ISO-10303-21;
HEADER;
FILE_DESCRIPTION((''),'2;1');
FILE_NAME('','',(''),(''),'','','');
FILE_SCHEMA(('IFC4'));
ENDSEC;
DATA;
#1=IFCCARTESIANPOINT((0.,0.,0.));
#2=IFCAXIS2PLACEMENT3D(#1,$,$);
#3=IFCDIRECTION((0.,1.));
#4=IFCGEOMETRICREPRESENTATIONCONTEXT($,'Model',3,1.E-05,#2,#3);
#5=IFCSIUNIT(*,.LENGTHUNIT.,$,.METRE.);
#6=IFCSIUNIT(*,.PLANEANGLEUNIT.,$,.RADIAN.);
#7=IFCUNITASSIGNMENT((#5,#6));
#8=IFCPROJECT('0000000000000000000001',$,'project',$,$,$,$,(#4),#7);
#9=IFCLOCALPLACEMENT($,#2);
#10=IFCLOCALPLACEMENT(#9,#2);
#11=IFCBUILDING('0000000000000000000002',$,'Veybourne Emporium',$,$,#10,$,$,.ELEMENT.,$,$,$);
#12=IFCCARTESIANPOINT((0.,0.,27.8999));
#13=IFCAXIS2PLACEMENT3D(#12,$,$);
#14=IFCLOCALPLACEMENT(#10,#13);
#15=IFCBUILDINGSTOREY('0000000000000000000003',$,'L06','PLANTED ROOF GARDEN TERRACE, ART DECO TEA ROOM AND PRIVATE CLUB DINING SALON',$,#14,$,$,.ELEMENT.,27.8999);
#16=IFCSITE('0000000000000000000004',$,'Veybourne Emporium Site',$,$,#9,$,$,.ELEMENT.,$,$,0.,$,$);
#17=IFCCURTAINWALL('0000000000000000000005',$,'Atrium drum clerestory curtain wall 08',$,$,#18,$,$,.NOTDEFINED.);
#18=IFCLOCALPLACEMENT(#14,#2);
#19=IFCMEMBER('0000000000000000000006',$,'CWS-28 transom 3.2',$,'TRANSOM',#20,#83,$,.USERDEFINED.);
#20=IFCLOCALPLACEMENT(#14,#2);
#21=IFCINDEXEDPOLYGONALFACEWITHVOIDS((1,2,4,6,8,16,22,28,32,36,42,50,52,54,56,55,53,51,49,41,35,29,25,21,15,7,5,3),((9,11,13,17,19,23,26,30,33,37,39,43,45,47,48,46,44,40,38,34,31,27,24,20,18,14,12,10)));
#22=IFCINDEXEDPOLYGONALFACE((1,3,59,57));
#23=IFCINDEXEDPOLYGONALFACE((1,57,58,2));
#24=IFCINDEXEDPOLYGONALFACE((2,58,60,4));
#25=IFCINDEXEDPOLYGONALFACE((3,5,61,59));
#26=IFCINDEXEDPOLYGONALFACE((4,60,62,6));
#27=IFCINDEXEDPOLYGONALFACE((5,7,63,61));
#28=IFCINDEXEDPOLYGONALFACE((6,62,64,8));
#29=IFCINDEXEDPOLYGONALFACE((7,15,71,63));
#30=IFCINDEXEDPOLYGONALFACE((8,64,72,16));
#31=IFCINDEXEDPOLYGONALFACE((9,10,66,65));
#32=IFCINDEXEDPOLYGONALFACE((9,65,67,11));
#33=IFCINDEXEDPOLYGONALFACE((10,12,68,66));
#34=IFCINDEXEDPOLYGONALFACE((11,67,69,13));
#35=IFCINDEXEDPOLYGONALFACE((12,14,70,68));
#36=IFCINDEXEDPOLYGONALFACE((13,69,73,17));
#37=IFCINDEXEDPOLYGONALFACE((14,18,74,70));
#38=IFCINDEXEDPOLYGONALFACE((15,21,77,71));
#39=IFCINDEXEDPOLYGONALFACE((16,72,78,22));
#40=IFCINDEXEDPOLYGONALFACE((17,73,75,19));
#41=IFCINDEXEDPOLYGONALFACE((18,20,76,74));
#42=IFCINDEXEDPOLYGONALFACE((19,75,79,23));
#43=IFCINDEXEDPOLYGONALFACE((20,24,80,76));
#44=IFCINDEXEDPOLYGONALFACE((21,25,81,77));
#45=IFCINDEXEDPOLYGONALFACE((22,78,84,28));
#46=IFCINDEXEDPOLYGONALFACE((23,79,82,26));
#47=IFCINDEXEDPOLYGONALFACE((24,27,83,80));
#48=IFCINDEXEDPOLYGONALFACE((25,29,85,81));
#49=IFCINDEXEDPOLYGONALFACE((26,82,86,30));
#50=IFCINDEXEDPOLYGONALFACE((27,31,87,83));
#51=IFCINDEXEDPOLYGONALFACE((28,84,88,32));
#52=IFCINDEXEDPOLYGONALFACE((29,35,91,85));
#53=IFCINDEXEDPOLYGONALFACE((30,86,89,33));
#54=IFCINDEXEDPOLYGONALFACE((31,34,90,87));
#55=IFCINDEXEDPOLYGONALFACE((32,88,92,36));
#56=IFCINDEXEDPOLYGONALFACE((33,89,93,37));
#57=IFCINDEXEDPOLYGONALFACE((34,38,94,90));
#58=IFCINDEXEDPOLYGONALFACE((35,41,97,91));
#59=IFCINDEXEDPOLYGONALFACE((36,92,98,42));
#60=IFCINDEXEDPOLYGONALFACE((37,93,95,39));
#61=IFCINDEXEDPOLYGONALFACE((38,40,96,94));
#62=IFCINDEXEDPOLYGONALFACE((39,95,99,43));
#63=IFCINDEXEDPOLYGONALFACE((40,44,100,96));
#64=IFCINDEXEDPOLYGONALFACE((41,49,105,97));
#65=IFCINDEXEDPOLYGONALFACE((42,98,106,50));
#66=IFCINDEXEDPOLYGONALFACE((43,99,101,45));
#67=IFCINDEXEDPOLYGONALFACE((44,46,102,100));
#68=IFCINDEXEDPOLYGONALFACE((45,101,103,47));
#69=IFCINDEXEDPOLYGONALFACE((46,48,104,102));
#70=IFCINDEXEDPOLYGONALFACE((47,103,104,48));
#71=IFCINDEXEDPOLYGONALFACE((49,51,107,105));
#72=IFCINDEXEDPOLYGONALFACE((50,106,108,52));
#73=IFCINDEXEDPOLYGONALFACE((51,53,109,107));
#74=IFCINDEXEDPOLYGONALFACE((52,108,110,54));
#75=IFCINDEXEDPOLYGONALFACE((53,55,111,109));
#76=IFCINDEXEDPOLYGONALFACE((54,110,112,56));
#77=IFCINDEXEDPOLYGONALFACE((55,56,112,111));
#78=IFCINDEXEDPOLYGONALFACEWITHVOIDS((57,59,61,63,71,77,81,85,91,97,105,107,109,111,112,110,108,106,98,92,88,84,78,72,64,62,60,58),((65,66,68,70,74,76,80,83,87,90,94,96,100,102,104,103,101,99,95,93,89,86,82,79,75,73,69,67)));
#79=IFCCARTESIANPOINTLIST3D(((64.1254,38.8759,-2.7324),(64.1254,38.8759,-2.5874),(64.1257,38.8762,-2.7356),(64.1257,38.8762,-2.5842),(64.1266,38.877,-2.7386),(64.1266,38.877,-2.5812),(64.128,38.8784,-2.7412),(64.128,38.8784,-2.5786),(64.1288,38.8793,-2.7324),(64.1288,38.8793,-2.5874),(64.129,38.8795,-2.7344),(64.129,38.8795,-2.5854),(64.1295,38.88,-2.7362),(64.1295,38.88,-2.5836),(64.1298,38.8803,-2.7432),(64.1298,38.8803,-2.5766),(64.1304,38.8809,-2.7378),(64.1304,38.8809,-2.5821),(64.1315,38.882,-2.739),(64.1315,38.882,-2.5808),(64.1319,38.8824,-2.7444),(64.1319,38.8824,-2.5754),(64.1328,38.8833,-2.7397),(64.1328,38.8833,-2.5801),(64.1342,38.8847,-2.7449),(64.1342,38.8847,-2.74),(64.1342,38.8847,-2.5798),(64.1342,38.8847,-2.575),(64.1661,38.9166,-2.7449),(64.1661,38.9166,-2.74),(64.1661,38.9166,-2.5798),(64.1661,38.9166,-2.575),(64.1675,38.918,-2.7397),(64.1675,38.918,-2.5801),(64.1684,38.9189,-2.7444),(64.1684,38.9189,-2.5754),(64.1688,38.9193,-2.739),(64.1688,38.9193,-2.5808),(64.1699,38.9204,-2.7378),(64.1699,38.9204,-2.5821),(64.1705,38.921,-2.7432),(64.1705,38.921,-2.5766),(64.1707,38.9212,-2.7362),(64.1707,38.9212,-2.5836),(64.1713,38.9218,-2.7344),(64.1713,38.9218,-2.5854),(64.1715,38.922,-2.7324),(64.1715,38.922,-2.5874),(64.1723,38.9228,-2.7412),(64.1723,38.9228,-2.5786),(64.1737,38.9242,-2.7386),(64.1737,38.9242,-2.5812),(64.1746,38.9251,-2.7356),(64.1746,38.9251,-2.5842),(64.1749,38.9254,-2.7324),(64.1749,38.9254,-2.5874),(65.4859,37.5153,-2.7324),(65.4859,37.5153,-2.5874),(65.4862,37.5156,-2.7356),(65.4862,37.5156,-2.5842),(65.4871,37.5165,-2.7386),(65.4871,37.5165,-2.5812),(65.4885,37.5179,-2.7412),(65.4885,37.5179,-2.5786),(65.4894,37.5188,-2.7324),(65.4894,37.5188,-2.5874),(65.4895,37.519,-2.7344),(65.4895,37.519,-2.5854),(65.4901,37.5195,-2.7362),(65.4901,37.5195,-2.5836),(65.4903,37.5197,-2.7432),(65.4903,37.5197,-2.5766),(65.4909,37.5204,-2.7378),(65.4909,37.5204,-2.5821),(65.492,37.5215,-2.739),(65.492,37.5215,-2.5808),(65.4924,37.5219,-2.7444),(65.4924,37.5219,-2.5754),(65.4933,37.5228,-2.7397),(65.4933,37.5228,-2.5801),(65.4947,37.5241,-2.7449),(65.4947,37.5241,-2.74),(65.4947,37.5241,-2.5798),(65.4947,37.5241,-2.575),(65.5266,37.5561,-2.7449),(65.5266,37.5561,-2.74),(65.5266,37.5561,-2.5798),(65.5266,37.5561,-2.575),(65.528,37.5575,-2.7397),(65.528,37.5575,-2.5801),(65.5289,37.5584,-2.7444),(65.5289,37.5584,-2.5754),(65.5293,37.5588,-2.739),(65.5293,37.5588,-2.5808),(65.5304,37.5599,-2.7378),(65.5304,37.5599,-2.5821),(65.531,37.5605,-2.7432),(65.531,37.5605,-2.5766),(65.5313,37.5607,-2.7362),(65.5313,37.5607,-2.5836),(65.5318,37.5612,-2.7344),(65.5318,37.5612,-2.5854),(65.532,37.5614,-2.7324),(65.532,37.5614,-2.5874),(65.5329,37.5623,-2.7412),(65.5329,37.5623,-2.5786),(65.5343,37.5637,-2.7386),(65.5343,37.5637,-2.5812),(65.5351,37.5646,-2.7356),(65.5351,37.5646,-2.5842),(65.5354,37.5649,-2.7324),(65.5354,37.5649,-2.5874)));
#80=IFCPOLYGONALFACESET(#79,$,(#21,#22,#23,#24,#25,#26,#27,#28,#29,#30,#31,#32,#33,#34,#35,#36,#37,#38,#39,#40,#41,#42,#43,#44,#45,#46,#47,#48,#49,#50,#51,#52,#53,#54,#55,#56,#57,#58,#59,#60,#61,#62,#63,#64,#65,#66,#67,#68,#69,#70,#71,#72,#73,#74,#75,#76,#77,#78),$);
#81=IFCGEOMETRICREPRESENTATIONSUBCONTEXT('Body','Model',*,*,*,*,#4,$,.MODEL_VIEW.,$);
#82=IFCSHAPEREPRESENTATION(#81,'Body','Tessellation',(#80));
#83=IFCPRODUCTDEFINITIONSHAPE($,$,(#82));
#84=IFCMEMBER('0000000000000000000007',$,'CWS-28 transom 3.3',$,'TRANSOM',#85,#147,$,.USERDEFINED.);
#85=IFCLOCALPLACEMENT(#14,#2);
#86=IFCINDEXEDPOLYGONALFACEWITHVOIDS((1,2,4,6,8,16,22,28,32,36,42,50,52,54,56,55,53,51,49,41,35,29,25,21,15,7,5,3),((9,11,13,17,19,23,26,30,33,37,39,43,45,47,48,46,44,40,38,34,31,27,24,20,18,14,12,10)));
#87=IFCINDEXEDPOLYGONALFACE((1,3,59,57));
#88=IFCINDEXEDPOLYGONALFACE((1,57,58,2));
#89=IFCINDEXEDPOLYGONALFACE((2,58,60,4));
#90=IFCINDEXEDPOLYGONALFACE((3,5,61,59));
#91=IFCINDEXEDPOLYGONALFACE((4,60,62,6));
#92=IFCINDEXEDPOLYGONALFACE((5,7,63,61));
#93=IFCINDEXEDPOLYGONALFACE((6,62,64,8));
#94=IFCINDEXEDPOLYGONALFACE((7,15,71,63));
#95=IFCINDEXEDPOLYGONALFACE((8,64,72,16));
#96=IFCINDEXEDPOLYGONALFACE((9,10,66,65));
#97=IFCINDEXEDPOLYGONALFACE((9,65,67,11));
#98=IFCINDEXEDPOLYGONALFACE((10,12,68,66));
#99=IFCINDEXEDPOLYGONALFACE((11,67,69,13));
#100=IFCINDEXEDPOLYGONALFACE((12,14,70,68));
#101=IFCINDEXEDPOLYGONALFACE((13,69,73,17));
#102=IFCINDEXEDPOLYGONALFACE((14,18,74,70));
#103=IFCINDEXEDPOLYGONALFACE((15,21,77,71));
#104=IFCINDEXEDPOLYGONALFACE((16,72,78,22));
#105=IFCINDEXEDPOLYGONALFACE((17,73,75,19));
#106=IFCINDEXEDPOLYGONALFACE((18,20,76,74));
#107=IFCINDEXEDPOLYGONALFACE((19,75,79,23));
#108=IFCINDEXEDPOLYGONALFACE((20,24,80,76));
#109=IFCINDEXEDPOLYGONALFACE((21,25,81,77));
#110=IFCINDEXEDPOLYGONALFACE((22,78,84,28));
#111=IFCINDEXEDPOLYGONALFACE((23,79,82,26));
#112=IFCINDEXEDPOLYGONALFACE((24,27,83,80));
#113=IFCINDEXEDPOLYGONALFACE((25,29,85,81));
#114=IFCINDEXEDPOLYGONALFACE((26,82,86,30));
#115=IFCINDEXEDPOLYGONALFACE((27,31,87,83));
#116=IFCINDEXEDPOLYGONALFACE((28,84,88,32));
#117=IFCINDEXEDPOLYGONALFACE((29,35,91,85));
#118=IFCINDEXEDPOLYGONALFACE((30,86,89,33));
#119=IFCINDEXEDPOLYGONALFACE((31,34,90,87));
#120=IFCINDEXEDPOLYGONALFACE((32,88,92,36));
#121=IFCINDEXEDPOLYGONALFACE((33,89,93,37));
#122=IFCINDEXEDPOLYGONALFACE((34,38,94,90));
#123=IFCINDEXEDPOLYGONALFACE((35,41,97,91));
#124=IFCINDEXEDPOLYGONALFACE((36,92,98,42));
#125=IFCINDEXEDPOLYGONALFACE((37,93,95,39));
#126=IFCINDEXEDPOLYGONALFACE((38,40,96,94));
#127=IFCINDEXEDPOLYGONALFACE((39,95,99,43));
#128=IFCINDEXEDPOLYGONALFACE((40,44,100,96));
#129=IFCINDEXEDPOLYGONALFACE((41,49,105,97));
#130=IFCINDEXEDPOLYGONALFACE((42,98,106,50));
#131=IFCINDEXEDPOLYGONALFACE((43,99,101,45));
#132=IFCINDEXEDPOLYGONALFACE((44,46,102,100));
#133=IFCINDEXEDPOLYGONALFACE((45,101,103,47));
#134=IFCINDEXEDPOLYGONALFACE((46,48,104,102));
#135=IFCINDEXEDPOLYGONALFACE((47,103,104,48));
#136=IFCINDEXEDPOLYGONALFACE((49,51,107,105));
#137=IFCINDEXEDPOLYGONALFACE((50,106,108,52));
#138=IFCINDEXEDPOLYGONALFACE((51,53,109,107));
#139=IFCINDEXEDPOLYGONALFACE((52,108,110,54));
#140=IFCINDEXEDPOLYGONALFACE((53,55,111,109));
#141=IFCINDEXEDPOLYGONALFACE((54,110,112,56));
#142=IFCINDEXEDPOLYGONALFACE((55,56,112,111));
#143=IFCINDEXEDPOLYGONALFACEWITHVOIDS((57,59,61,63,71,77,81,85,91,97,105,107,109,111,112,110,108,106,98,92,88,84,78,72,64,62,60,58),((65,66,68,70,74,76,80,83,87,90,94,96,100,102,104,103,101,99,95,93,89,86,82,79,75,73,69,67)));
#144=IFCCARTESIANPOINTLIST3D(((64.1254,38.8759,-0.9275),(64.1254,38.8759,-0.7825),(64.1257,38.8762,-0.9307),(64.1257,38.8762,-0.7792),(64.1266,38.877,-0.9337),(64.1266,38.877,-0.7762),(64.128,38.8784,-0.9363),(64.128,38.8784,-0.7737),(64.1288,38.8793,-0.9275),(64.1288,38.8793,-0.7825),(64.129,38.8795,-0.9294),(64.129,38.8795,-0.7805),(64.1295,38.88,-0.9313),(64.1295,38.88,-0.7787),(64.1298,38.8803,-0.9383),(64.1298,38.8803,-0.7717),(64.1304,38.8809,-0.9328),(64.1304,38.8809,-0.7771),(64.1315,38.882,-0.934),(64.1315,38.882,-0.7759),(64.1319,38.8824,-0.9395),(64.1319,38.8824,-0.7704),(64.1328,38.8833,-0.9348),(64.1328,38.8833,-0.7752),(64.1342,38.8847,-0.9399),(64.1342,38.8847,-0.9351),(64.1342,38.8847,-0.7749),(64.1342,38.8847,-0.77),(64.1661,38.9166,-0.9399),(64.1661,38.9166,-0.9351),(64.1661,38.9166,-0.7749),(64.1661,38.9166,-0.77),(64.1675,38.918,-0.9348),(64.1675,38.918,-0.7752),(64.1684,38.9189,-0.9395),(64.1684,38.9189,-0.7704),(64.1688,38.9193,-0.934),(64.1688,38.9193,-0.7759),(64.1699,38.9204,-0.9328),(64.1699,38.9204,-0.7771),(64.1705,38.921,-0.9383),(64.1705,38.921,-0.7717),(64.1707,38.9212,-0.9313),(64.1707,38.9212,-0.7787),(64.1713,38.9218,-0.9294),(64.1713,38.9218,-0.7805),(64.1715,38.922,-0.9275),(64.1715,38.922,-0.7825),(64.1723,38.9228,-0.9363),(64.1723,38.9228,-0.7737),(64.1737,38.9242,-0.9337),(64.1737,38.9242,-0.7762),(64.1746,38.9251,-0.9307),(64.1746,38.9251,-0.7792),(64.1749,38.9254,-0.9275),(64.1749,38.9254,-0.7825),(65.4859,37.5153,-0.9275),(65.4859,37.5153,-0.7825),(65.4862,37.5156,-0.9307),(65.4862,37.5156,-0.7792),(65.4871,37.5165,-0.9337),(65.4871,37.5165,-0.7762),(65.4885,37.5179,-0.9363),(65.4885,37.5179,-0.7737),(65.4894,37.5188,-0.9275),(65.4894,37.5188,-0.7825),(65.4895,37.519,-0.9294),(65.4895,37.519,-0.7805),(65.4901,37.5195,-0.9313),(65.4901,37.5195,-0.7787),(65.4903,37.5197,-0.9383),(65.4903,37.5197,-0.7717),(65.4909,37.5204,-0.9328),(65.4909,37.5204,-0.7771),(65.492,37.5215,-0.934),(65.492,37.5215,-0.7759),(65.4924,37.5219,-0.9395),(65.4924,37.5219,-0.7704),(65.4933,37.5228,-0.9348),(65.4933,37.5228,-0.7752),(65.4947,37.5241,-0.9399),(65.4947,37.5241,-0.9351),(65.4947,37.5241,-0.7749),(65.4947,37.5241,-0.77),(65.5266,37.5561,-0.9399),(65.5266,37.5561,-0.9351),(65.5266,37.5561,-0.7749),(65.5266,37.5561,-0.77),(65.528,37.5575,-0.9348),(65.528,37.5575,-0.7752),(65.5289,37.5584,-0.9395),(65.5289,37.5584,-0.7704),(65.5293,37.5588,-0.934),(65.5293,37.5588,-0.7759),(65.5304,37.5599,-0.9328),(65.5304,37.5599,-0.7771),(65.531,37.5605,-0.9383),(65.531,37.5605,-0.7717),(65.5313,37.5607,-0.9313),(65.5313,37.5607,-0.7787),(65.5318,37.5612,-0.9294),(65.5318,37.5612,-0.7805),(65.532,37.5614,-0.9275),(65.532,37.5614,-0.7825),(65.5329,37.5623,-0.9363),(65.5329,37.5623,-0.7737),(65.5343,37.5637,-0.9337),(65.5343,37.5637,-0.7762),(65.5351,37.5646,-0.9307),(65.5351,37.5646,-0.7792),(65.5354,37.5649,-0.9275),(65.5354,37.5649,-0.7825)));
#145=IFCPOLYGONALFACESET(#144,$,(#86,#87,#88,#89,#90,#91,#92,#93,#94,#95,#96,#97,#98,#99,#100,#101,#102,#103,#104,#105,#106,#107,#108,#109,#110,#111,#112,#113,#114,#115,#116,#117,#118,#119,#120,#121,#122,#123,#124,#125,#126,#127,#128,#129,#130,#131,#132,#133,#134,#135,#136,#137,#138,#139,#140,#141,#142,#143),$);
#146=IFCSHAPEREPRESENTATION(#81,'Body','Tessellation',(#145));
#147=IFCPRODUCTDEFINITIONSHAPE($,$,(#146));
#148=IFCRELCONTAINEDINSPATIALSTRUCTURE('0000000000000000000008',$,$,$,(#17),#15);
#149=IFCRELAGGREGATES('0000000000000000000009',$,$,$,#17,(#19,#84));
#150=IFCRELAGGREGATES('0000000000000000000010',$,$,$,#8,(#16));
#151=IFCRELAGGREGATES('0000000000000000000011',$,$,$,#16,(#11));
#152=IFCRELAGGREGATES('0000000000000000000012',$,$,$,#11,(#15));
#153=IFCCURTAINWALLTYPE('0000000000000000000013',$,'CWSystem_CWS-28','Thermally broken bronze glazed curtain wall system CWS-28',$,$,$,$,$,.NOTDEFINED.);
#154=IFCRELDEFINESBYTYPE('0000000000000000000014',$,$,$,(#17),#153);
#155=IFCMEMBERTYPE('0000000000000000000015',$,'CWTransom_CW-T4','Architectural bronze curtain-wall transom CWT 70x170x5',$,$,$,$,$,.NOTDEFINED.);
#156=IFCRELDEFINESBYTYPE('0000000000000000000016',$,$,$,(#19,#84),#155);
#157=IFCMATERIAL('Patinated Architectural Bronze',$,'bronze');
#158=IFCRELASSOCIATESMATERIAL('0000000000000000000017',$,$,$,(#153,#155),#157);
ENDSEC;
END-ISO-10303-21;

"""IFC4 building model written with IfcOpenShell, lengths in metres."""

from ifc_helpers import new_model, si_unit, direction, frame, origin, origin_2d, place, context, subcontext, project, spatial, hollow_rectangle, extrude, material, material_profile, profile_set, type_object, element, aggregate, save


model = new_model("IFC4")

# Units and contexts
model_context = context("Model", 3, precision=1e-05, world=origin(), true_north=direction((0.0, 1.0)))
body_context = subcontext(model_context, "Body", "Model", "MODEL_VIEW")
ifc_project = project(units=[si_unit("LENGTHUNIT", "METRE"), si_unit("PLANEANGLEUNIT", "RADIAN")], contexts=[model_context])

# Site, building, storey
site_placement = place(None, origin())
site = spatial("IfcSite", under=ifc_project, at=site_placement, Name="Veybourne Emporium Site", CompositionType="ELEMENT", RefElevation=0.0)
building_placement = place(site_placement, origin())
building = spatial("IfcBuilding", under=site, at=building_placement, Name="Veybourne Emporium", CompositionType="ELEMENT")
storey_placement = place(building_placement, frame((0.0, 0.0, 27.8999)))
storey = spatial("IfcBuildingStorey", under=building, at=storey_placement, Name="L06", Description="PLANTED ROOF GARDEN TERRACE, ART DECO TEA ROOM AND PRIVATE CLUB DINING SALON", CompositionType="ELEMENT", Elevation=27.8999)

# Curtain wall
ifc_material_1 = material(Name="Patinated Architectural Bronze", Category="bronze")
curtain_wall_type_1 = type_object("IfcCurtainWallType", Name="CWSystem_CWS-28", Description="Thermally broken bronze glazed curtain wall system CWS-28", PredefinedType="NOTDEFINED", material=ifc_material_1)
curtain_wall_1_placement = place(storey_placement, origin())
curtain_wall_1 = element("IfcCurtainWall", 1, at=curtain_wall_1_placement, inside=storey, type_object=curtain_wall_type_1, Name="Atrium drum clerestory curtain wall 08", PredefinedType="NOTDEFINED")

# Members
ifc_material_profile_1 = material_profile(ifc_material_1, hollow_rectangle(XDim=0.0701, YDim=0.1699, WallThickness=0.0049, InnerFilletRadius=0.0076, OuterFilletRadius=0.0125, at=origin_2d()), Name="CWT 70x170x5")
ifc_profile_set_1 = profile_set([ifc_material_profile_1], Name="Patinated Architectural Bronze")
member_type_1 = type_object("IfcMemberType", Name="CWTransom_CW-T4", Description="Architectural bronze curtain-wall transom CWT 70x170x5", PredefinedType="NOTDEFINED", material=ifc_profile_set_1)
member_1_placement = place(storey_placement, frame((64.1501, 38.9006, -2.6599), z_axis=(0.707107, -0.707107, 0.0), x_axis=(0.707107, 0.707107, 0.0)))
member_1 = element("IfcMember", 2, at=member_1_placement, type_object=member_type_1, Name="CWS-28 transom 3.2", ObjectType="TRANSOM", PredefinedType="USERDEFINED", context=body_context, shape_type="SweptSolid", body=[
    extrude(hollow_rectangle(XDim=0.0701, YDim=0.1699, WallThickness=0.0049, InnerFilletRadius=0.0076, OuterFilletRadius=0.0125, at=origin_2d()), origin(), (0.0, 0.0, 1.0), 1.9241),
])
member_2_placement = place(storey_placement, frame((64.1501, 38.9006, -0.855), z_axis=(0.707107, -0.707107, 0.0), x_axis=(0.707107, 0.707107, 0.0)))
member_2 = element("IfcMember", 3, at=member_2_placement, type_object=member_type_1, Name="CWS-28 transom 3.3", ObjectType="TRANSOM", PredefinedType="USERDEFINED", context=body_context, shape_type="SweptSolid", body=[
    extrude(hollow_rectangle(XDim=0.0701, YDim=0.1699, WallThickness=0.0049, InnerFilletRadius=0.0076, OuterFilletRadius=0.0125, at=origin_2d()), origin(), (0.0, 0.0, 1.0), 1.9241),
])

aggregate(curtain_wall_1, [member_1, member_2])

save(model, "model.ifc")
